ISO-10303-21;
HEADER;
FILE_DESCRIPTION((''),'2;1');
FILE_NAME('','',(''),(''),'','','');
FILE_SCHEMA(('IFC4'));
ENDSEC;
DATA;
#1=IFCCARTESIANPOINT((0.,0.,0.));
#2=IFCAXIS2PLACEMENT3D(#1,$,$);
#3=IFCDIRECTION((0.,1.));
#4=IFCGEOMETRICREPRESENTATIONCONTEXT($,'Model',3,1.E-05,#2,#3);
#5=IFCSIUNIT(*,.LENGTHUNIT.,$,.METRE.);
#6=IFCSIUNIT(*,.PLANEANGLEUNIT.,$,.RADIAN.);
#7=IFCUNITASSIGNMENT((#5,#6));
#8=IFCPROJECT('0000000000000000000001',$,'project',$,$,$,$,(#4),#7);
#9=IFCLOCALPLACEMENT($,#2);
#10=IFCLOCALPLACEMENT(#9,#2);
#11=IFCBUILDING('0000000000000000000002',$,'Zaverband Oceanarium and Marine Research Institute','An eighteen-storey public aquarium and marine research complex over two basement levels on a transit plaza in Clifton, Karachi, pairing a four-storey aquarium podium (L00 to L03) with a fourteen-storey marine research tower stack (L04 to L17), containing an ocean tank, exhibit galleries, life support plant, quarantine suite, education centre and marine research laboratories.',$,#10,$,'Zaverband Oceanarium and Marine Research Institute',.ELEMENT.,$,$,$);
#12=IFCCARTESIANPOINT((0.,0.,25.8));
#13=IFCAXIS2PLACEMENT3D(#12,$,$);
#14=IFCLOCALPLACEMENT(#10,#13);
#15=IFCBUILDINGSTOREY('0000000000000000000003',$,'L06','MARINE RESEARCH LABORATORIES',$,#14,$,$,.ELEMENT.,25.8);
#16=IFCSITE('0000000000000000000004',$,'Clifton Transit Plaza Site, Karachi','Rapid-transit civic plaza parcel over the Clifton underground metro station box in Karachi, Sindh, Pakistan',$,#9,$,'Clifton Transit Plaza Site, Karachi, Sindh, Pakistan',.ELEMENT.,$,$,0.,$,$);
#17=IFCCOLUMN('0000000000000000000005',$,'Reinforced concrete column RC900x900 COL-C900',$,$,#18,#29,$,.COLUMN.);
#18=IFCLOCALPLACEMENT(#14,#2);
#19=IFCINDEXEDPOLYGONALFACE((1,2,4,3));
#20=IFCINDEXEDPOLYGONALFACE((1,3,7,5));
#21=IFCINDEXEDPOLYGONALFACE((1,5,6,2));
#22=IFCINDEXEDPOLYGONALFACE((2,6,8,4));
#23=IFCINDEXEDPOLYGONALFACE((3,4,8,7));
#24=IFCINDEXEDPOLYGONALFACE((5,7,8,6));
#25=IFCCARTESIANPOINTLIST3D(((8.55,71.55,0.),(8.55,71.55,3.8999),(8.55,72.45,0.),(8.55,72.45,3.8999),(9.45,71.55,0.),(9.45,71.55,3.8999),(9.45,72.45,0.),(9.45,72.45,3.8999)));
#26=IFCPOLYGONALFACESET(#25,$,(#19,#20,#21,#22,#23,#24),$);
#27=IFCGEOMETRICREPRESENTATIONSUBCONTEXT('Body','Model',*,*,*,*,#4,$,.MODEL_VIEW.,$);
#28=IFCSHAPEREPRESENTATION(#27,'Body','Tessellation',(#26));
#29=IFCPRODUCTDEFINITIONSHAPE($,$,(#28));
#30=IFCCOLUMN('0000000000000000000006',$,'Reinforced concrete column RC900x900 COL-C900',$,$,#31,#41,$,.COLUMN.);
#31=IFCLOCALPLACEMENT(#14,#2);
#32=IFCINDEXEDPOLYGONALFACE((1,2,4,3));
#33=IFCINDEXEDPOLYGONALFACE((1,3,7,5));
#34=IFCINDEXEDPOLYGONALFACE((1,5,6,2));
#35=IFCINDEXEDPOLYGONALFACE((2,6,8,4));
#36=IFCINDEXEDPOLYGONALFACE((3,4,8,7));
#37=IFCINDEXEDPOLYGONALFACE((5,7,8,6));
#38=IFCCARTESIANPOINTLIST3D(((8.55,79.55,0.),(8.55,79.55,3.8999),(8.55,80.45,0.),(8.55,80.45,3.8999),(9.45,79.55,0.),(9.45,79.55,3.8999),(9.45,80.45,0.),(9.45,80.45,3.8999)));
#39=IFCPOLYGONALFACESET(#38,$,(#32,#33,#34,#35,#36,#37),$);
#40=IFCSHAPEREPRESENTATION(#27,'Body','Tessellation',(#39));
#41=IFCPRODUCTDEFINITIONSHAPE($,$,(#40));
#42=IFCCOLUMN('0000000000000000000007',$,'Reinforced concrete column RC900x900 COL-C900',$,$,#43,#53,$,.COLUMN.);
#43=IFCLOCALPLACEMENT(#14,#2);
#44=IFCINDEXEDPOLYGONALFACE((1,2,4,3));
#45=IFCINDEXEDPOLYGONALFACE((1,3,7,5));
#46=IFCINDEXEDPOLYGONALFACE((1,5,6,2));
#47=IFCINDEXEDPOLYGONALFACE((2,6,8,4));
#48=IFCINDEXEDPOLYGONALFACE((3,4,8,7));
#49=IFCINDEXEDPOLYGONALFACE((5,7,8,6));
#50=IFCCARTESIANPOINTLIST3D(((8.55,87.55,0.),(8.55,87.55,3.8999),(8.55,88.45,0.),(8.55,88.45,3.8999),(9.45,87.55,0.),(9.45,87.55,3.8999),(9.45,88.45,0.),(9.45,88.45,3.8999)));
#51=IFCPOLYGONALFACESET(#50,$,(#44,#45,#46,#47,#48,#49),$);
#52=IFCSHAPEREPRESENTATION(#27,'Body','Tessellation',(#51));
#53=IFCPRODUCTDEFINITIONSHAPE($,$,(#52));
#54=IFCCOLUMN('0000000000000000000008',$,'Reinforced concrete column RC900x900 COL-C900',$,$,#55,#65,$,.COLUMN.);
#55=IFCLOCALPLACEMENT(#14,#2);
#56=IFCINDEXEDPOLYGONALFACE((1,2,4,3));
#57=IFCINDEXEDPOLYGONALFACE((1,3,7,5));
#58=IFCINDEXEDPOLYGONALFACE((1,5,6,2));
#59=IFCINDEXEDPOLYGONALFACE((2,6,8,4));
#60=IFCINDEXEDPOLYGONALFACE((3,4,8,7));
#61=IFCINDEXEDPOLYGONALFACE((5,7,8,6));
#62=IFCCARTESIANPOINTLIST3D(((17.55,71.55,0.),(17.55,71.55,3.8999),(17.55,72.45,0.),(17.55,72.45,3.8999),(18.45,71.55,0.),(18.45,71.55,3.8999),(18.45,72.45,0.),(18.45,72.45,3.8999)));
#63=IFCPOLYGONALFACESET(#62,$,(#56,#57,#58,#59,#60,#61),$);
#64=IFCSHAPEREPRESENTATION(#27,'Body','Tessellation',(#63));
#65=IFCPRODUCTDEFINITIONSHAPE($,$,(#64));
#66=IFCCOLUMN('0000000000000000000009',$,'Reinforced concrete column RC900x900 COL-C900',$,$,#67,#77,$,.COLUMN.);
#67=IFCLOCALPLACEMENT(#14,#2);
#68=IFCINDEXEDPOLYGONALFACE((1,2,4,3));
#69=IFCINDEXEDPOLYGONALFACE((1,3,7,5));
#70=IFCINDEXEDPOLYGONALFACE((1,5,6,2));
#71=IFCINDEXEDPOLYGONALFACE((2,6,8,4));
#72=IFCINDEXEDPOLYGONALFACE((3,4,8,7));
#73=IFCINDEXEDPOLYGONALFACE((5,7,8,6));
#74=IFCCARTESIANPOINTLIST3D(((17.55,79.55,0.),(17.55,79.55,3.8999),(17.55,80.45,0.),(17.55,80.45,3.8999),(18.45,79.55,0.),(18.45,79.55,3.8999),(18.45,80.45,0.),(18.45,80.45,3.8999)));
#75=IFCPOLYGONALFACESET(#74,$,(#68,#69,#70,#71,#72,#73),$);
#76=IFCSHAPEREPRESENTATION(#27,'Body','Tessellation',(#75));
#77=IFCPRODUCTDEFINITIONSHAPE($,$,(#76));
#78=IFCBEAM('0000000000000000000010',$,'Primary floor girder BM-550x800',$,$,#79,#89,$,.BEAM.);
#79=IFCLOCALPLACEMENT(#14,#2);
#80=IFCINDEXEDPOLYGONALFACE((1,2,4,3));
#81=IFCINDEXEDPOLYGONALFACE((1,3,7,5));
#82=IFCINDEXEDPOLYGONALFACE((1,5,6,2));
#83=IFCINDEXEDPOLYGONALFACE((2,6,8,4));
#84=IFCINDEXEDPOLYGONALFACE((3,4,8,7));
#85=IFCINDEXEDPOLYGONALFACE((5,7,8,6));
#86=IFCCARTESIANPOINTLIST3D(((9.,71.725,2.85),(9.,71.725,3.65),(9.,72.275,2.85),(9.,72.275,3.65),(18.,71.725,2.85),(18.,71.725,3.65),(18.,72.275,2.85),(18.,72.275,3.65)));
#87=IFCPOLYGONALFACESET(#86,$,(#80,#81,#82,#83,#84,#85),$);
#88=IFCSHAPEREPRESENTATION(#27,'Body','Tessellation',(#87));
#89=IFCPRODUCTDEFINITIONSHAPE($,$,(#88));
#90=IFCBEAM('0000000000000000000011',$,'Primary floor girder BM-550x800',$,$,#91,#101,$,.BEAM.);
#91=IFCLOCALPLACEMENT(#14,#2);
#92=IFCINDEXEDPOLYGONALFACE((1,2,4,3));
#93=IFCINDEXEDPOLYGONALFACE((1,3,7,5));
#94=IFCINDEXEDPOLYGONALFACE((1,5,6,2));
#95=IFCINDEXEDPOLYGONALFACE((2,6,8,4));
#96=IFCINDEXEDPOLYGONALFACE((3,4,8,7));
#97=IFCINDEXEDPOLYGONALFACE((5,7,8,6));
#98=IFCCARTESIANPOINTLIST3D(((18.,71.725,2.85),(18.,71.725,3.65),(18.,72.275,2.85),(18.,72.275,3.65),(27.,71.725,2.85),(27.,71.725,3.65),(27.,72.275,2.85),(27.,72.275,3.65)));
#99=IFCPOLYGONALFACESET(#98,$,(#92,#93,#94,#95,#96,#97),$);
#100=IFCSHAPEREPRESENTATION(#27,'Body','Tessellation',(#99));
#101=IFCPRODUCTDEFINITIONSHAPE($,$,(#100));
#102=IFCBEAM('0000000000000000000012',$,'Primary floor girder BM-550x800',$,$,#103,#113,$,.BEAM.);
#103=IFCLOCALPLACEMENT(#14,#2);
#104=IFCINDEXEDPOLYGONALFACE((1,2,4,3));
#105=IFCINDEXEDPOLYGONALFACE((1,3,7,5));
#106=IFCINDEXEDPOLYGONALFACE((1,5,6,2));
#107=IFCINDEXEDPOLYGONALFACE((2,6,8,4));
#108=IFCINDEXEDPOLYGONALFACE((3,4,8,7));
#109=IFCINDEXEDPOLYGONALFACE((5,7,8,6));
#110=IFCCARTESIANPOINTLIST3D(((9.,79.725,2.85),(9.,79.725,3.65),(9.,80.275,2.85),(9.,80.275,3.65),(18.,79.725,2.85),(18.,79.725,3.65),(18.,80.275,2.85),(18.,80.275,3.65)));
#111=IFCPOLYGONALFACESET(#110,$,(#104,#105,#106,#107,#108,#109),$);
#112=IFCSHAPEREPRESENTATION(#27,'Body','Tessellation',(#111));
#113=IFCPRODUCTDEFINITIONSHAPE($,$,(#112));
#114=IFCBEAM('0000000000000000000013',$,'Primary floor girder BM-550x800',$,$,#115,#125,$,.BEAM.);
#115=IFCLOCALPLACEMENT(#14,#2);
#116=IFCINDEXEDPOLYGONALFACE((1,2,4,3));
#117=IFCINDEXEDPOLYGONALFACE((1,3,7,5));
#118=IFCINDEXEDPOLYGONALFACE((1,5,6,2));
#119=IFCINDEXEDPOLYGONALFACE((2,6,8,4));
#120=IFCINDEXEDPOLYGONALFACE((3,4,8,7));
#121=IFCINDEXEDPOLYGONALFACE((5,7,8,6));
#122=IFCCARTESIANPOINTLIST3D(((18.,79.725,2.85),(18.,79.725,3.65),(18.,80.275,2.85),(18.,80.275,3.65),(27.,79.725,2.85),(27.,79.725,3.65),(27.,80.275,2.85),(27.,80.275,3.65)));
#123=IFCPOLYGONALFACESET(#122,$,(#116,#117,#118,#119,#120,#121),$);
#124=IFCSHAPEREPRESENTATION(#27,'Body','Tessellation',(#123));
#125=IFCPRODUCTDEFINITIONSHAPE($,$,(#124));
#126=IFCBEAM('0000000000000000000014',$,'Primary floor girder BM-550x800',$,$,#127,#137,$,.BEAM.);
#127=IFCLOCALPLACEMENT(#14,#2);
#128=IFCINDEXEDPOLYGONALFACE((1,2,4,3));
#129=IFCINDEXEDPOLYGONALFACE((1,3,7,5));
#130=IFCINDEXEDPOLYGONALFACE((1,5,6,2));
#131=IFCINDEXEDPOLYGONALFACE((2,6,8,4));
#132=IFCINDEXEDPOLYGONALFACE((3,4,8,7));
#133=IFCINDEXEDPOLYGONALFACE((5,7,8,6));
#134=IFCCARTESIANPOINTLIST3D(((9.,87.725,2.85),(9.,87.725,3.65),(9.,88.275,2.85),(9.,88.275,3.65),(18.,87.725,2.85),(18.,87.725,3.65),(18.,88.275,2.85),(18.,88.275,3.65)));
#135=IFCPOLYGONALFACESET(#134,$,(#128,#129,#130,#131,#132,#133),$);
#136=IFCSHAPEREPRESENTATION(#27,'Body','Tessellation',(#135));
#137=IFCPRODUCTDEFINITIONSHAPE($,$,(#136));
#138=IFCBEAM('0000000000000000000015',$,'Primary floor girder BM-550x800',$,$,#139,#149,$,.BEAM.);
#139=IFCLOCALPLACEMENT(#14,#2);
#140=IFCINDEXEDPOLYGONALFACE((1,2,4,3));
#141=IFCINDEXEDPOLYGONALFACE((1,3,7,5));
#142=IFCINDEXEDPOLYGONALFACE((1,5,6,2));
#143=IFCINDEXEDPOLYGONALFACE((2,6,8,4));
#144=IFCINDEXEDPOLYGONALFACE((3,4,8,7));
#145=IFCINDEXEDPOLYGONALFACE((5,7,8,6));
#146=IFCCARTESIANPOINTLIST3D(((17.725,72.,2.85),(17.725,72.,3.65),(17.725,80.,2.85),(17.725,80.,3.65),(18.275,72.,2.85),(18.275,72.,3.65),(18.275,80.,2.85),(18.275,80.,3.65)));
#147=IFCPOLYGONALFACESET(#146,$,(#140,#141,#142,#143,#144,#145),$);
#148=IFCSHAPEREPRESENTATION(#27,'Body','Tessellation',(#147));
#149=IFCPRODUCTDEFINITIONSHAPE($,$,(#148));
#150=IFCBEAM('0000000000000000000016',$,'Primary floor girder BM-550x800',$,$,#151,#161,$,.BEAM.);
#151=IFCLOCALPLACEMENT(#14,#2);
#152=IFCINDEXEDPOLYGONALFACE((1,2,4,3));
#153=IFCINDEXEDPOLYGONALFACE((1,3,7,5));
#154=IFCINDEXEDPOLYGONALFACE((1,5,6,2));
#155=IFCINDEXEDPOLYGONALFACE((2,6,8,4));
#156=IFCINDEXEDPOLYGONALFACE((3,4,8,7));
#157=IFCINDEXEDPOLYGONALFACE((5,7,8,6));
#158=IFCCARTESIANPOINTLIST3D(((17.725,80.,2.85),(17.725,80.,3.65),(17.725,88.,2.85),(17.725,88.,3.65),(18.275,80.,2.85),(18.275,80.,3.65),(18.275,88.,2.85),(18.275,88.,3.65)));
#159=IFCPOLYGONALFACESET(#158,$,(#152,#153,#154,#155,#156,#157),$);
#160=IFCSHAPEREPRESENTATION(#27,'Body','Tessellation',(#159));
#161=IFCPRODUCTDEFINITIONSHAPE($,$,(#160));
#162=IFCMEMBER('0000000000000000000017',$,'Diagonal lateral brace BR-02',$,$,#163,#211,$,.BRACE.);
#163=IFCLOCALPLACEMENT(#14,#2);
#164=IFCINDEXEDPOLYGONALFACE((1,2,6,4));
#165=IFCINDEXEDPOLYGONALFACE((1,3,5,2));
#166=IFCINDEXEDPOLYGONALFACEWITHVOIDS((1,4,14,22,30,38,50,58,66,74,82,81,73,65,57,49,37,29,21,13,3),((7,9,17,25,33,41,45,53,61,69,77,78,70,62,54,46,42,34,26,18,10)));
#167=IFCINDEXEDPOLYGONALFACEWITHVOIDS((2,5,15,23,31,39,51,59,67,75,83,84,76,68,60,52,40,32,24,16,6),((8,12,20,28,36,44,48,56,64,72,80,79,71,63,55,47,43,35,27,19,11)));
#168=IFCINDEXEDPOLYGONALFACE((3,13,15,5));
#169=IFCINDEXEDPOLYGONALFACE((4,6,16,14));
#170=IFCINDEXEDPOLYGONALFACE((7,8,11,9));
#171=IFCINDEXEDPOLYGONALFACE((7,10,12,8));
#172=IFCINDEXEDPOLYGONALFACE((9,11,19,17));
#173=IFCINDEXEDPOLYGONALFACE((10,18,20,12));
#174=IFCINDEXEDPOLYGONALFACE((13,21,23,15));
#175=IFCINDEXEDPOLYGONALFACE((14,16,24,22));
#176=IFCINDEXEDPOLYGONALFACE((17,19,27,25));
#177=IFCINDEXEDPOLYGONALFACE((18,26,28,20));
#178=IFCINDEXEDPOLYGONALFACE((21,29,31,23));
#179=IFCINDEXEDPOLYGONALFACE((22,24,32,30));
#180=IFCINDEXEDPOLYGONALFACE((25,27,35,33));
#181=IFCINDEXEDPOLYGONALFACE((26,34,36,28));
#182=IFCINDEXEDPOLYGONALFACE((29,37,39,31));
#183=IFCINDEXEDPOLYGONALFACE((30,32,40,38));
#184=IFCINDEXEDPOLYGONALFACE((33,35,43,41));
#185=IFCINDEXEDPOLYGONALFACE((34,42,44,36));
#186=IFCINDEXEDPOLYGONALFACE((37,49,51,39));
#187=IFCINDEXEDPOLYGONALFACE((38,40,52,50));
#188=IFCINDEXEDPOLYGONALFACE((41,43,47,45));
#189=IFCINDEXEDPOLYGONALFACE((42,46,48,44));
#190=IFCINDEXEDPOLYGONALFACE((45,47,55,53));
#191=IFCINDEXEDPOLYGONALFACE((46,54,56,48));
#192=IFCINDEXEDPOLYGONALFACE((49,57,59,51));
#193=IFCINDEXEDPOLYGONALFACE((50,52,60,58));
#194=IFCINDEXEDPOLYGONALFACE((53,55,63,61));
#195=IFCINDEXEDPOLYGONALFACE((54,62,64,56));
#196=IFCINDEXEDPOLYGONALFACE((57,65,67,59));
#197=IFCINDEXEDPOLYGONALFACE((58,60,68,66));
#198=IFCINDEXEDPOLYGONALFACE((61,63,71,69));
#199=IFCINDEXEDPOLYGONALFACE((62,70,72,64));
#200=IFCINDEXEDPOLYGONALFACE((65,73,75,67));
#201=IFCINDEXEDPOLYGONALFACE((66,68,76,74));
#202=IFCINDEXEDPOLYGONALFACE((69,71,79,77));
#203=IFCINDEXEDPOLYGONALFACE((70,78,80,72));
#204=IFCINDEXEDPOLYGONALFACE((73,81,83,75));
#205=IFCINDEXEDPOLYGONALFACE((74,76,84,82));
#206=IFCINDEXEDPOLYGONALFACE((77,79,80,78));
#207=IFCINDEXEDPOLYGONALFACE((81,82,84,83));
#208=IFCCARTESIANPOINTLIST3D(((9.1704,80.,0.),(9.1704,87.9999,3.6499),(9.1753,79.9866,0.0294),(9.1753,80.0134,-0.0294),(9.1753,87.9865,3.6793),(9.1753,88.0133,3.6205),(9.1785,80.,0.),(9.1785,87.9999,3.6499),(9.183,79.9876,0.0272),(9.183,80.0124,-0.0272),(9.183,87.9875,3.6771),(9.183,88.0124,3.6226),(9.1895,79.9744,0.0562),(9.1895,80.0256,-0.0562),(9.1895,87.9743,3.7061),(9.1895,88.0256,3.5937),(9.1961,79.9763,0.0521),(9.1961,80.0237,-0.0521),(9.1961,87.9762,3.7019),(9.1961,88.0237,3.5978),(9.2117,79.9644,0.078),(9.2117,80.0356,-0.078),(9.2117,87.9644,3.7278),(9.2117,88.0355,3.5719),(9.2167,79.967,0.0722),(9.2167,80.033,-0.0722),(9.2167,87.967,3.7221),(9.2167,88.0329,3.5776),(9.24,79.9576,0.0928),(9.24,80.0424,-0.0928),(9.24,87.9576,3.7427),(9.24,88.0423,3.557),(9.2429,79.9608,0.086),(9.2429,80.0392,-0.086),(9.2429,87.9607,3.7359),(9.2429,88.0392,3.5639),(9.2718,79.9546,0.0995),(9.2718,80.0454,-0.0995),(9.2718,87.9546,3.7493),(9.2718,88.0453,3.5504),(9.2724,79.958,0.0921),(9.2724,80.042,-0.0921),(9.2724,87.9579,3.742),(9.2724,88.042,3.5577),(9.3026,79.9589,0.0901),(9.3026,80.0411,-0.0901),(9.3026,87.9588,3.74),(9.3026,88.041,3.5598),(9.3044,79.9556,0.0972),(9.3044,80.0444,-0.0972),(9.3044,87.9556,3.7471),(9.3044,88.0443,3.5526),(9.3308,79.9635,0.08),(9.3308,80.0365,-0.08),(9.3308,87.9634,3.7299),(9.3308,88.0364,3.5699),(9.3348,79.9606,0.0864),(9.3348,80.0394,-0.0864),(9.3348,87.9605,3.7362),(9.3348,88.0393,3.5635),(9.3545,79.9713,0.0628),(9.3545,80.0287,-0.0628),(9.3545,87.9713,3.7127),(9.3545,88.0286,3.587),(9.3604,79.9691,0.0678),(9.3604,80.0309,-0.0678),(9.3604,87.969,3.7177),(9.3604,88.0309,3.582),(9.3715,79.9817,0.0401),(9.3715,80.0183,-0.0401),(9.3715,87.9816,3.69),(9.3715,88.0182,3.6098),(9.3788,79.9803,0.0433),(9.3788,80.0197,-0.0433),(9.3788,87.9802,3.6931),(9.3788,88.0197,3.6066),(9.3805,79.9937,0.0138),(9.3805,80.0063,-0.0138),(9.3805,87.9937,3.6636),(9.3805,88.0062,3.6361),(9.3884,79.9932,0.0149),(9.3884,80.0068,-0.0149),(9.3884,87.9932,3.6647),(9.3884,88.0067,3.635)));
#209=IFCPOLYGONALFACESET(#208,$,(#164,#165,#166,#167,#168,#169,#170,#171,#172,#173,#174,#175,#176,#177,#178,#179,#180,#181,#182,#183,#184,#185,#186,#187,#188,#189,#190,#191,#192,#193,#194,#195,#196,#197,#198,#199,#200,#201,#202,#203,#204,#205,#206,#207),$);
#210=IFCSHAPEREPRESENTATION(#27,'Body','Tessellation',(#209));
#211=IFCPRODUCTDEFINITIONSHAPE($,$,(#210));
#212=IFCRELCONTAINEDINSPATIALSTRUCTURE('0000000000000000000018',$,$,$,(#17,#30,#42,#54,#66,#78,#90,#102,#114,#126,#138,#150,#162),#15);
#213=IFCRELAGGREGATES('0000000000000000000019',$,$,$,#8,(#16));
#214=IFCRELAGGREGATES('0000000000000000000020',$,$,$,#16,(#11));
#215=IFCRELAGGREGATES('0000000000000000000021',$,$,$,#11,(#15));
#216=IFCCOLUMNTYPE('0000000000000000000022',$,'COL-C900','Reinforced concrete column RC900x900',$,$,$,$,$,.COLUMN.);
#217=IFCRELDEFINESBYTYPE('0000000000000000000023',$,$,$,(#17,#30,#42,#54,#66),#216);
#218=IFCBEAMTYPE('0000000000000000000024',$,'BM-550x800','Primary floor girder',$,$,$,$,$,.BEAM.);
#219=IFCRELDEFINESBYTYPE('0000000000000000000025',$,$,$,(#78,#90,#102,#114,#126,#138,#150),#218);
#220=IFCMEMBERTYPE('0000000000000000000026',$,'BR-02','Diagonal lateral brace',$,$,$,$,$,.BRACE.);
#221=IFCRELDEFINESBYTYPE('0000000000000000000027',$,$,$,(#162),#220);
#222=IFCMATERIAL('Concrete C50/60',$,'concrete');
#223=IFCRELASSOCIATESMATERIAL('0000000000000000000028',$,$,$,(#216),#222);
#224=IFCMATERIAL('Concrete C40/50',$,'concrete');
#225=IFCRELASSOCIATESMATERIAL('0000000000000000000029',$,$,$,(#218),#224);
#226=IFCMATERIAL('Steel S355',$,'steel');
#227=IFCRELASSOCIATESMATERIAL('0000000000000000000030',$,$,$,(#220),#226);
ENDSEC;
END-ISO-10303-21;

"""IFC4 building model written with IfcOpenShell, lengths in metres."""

from ifc_helpers import new_model, si_unit, direction, frame, origin, origin_2d, place, context, subcontext, project, spatial, rectangle, hollow_circle, extrude, material, material_profile, profile_set, type_object, element, save


model = new_model("IFC4")

# Units and contexts
model_context = context("Model", 3, precision=1e-05, world=origin(), true_north=direction((0.0, 1.0)))
body_context = subcontext(model_context, "Body", "Model", "MODEL_VIEW")
ifc_project = project(units=[si_unit("LENGTHUNIT", "METRE"), si_unit("PLANEANGLEUNIT", "RADIAN")], contexts=[model_context])

# Site, building, storey
site_placement = place(None, origin())
site = spatial("IfcSite", under=ifc_project, at=site_placement, Name="Clifton Transit Plaza Site, Karachi", Description="Rapid-transit civic plaza parcel over the Clifton underground metro station box in Karachi, Sindh, Pakistan", LongName="Clifton Transit Plaza Site, Karachi, Sindh, Pakistan", CompositionType="ELEMENT", RefElevation=0.0)
building_placement = place(site_placement, origin())
building = spatial("IfcBuilding", under=site, at=building_placement, Name="Zaverband Oceanarium and Marine Research Institute", Description="An eighteen-storey public aquarium and marine research complex over two basement levels on a transit plaza in Clifton, Karachi, pairing a four-storey aquarium podium (L00 to L03) with a fourteen-storey marine research tower stack (L04 to L17), containing an ocean tank, exhibit galleries, life support plant, quarantine suite, education centre and marine research laboratories.", LongName="Zaverband Oceanarium and Marine Research Institute", CompositionType="ELEMENT")
storey_placement = place(building_placement, frame((0.0, 0.0, 25.8)))
storey = spatial("IfcBuildingStorey", under=building, at=storey_placement, Name="L06", Description="MARINE RESEARCH LABORATORIES", CompositionType="ELEMENT", Elevation=25.8)

# Columns
ifc_material_1 = material(Name="Concrete C50/60", Category="concrete")
ifc_material_profile_1 = material_profile(ifc_material_1, rectangle(XDim=0.8999, YDim=0.8999, at=origin_2d()), Name="RC900x900")
ifc_profile_set_1 = profile_set([ifc_material_profile_1], Name="Concrete C50/60")
column_type = type_object("IfcColumnType", Name="COL-C900", Description="Reinforced concrete column RC900x900", PredefinedType="COLUMN", material=ifc_profile_set_1)
for number, where, z_axis, x_axis, name in (
    (1, (9.0, 72.0, 0.0), (0.0, 0.0, 1.0), (1.0, 0.0, 0.0), "Reinforced concrete column RC900x900 COL-C900"),
    (2, (9.0, 80.0, 0.0), (0.0, 0.0, 1.0), (1.0, 0.0, 0.0), "Reinforced concrete column RC900x900 COL-C900"),
    (3, (9.0, 88.0, 0.0), (0.0, 0.0, 1.0), (1.0, 0.0, 0.0), "Reinforced concrete column RC900x900 COL-C900"),
    (4, (18.0, 72.0, 0.0), (0.0, 0.0, 1.0), (1.0, 0.0, 0.0), "Reinforced concrete column RC900x900 COL-C900"),
    (5, (18.0, 80.0, 0.0), (0.0, 0.0, 1.0), (1.0, 0.0, 0.0), "Reinforced concrete column RC900x900 COL-C900"),
):
    element("IfcColumn", number, at=place(storey_placement, frame(where, z_axis=z_axis, x_axis=x_axis)), inside=storey, type_object=column_type, Name=name, PredefinedType="COLUMN", context=body_context, shape_type="SweptSolid", body=[
        extrude(rectangle(XDim=0.8999, YDim=0.8999, at=origin_2d()), origin(), (0.0, 0.0, 1.0), 3.8999),
    ])

# Beams
ifc_material_2 = material(Name="Concrete C40/50", Category="concrete")
ifc_material_profile_2 = material_profile(ifc_material_2, rectangle(XDim=0.55, YDim=0.8, at=origin_2d()), Name="RC550x800")
ifc_profile_set_2 = profile_set([ifc_material_profile_2], Name="Concrete C40/50")
beam_type_1 = type_object("IfcBeamType", Name="BM-550x800", Description="Primary floor girder", PredefinedType="BEAM", material=ifc_profile_set_2)
for number, where, z_axis, x_axis, name in (
    (6, (9.0, 72.0, 3.25), (1.0, 0.0, 0.0), (0.0, 1.0, 0.0), "Primary floor girder BM-550x800"),
    (7, (18.0, 72.0, 3.25), (1.0, 0.0, 0.0), (0.0, 1.0, 0.0), "Primary floor girder BM-550x800"),
    (8, (9.0, 80.0, 3.25), (1.0, 0.0, 0.0), (0.0, 1.0, 0.0), "Primary floor girder BM-550x800"),
    (9, (18.0, 80.0, 3.25), (1.0, 0.0, 0.0), (0.0, 1.0, 0.0), "Primary floor girder BM-550x800"),
    (10, (9.0, 88.0, 3.25), (1.0, 0.0, 0.0), (0.0, 1.0, 0.0), "Primary floor girder BM-550x800"),
):
    element("IfcBeam", number, at=place(storey_placement, frame(where, z_axis=z_axis, x_axis=x_axis)), inside=storey, type_object=beam_type_1, Name=name, PredefinedType="BEAM", context=body_context, shape_type="SweptSolid", body=[
        extrude(rectangle(XDim=0.55, YDim=0.8, at=origin_2d()), origin(), (0.0, 0.0, 1.0), 9.0),
    ])
for number, where, z_axis, x_axis, name in (
    (11, (18.0, 72.0, 3.25), (0.0, 1.0, 0.0), (-1.0, 0.0, 0.0), "Primary floor girder BM-550x800"),
    (12, (18.0, 80.0, 3.25), (0.0, 1.0, 0.0), (-1.0, 0.0, 0.0), "Primary floor girder BM-550x800"),
):
    element("IfcBeam", number, at=place(storey_placement, frame(where, z_axis=z_axis, x_axis=x_axis)), inside=storey, type_object=beam_type_1, Name=name, PredefinedType="BEAM", context=body_context, shape_type="SweptSolid", body=[
        extrude(rectangle(XDim=0.55, YDim=0.8, at=origin_2d()), origin(), (0.0, 0.0, 1.0), 8.0),
    ])

# Member
ifc_material_3 = material(Name="Steel S355", Category="steel")
ifc_material_profile_3 = material_profile(ifc_material_3, hollow_circle(Radius=0.1096, WallThickness=0.0081, at=origin_2d()), Name="CHS219x8")
ifc_profile_set_3 = profile_set([ifc_material_profile_3], Name="Steel S355")
member_type_1 = type_object("IfcMemberType", Name="BR-02", Description="Diagonal lateral brace", PredefinedType="BRACE", material=ifc_profile_set_3)
member_1_placement = place(storey_placement, frame((9.28, 80.0, 0.0), z_axis=(0.0, 0.909786, 0.415079), x_axis=(-1.0, 0.0, 0.0)))
element("IfcMember", 13, at=member_1_placement, inside=storey, type_object=member_type_1, Name="Diagonal lateral brace BR-02", PredefinedType="BRACE", context=body_context, shape_type="SweptSolid", body=[
    extrude(hollow_circle(Radius=0.1096, WallThickness=0.0081, at=origin_2d()), origin(), (0.0, 0.0, 1.0), 8.7932),
])

save(model, "model.ifc")
